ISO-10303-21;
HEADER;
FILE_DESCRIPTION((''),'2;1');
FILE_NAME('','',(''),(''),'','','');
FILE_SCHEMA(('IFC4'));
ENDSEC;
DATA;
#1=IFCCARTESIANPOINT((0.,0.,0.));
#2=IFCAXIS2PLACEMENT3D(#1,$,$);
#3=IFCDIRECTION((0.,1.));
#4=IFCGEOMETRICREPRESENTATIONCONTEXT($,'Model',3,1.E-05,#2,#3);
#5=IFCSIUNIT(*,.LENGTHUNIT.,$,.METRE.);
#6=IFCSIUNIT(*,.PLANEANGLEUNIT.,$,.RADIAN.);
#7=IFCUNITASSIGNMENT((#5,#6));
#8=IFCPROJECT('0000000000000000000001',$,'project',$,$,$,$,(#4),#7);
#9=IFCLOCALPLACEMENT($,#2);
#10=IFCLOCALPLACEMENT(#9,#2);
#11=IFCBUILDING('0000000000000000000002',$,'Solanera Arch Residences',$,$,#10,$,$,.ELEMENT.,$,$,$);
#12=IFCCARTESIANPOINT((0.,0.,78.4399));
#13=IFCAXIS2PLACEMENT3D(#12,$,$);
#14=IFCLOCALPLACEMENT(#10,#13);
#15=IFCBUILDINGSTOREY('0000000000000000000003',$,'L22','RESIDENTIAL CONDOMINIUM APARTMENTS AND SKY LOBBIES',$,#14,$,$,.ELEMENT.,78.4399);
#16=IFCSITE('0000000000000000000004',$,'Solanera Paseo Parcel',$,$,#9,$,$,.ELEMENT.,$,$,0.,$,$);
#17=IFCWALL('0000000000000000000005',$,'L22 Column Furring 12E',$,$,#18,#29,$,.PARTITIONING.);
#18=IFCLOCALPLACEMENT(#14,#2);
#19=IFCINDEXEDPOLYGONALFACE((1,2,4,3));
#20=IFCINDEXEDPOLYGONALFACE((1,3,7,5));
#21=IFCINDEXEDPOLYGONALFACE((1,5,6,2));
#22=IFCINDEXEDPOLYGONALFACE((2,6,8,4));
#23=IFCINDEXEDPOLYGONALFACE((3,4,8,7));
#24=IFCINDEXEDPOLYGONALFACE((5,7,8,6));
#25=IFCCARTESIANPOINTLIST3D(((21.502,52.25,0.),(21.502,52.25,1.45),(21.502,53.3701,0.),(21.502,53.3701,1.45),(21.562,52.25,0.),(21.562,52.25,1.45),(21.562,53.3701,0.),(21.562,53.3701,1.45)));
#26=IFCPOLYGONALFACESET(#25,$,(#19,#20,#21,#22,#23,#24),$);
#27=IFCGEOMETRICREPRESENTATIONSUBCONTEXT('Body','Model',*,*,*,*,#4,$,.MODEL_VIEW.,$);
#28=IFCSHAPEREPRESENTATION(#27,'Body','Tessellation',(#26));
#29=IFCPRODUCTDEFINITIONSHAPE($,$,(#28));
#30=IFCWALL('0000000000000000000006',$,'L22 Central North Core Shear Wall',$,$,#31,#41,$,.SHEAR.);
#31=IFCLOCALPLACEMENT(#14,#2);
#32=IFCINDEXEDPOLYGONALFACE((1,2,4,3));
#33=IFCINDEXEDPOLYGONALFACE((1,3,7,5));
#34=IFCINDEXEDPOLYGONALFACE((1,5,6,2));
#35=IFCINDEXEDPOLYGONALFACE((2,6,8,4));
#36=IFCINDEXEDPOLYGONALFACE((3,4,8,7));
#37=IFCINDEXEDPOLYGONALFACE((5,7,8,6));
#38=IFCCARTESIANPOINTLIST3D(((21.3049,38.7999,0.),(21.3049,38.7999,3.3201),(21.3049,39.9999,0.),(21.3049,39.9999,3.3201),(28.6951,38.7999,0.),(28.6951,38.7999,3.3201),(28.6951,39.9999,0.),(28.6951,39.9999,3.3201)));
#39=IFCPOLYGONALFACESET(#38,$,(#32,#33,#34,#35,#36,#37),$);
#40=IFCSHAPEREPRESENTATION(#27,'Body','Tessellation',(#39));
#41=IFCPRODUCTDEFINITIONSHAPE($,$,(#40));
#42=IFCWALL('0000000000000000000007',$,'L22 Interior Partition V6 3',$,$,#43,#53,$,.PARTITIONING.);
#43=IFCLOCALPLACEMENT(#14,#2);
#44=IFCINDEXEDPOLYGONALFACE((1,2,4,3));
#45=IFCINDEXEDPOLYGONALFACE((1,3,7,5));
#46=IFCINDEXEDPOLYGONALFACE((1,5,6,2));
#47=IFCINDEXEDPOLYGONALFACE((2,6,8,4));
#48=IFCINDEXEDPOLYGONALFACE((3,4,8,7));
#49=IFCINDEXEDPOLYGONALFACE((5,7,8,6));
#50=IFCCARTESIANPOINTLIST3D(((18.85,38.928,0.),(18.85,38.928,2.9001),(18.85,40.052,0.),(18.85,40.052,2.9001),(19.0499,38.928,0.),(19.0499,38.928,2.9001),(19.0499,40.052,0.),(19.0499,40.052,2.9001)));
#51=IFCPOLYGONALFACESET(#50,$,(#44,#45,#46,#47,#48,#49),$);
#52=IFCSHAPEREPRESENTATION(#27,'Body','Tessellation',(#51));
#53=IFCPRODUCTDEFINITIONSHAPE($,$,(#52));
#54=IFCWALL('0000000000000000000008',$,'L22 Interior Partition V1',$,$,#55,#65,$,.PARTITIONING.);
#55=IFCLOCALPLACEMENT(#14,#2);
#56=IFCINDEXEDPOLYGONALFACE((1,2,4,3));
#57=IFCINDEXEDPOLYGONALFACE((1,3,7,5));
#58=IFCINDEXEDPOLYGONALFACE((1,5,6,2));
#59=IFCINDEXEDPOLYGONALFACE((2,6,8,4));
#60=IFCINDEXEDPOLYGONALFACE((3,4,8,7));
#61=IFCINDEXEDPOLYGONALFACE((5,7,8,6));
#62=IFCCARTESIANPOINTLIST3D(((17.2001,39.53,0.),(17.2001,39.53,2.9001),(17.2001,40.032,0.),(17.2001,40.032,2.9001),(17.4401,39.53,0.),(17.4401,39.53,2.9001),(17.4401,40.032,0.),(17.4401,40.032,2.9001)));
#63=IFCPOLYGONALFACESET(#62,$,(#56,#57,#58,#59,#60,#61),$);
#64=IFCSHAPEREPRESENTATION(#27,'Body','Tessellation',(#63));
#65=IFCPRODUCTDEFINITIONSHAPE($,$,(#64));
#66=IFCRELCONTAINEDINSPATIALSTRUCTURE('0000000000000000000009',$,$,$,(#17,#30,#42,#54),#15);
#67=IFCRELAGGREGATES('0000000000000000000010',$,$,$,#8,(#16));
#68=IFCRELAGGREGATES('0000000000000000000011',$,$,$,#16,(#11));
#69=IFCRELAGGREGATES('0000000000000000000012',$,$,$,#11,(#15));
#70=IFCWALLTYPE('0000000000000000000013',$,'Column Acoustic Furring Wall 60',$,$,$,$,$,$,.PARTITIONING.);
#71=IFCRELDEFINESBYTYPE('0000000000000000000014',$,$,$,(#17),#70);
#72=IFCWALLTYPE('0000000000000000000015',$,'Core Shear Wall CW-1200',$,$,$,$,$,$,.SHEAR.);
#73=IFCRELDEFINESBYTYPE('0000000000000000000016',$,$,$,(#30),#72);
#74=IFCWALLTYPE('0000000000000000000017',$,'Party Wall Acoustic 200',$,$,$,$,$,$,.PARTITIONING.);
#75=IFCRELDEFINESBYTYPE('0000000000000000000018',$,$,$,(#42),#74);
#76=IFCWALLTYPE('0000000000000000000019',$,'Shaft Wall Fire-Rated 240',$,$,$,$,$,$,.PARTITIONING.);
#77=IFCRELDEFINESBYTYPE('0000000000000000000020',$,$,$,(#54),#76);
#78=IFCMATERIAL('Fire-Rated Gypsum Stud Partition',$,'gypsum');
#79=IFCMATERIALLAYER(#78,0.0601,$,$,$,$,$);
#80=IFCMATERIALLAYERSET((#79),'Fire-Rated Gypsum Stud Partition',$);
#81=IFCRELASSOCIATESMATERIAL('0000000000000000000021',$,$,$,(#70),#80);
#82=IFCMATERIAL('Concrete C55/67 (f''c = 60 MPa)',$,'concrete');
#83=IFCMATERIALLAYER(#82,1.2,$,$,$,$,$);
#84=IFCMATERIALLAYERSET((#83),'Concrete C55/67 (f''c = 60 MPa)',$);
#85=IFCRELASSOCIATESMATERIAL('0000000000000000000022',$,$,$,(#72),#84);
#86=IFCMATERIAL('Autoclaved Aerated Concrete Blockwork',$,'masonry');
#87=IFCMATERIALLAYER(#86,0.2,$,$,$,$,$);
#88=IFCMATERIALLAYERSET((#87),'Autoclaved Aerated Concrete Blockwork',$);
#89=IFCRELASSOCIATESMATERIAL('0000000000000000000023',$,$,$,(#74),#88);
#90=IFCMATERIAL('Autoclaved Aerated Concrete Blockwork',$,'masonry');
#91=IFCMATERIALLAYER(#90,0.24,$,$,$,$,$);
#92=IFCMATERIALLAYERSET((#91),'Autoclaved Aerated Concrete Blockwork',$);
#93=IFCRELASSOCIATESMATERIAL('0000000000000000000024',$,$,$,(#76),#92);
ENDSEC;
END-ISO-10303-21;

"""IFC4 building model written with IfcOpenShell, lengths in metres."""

from ifc_helpers import new_model, si_unit, direction, frame, frame_2d, origin, place, context, subcontext, project, spatial, rectangle, extrude, material, layer, layer_set, type_object, element, save


model = new_model("IFC4")

# Units and contexts
model_context = context("Model", 3, precision=1e-05, world=origin(), true_north=direction((0.0, 1.0)))
body_context = subcontext(model_context, "Body", "Model", "MODEL_VIEW")
ifc_project = project(units=[si_unit("LENGTHUNIT", "METRE"), si_unit("PLANEANGLEUNIT", "RADIAN")], contexts=[model_context])

# Site, building, storey
site_placement = place(None, origin())
site = spatial("IfcSite", under=ifc_project, at=site_placement, Name="Solanera Paseo Parcel", CompositionType="ELEMENT", RefElevation=0.0)
building_placement = place(site_placement, origin())
building = spatial("IfcBuilding", under=site, at=building_placement, Name="Solanera Arch Residences", CompositionType="ELEMENT")
storey_placement = place(building_placement, frame((0.0, 0.0, 78.4399)))
storey = spatial("IfcBuildingStorey", under=building, at=storey_placement, Name="L22", Description="RESIDENTIAL CONDOMINIUM APARTMENTS AND SKY LOBBIES", CompositionType="ELEMENT", Elevation=78.4399)

# Walls
ifc_material_1 = material(Name="Fire-Rated Gypsum Stud Partition", Category="gypsum")
ifc_layer_1 = layer(ifc_material_1, 0.0601)
ifc_layer_set_1 = layer_set([ifc_layer_1], Name="Fire-Rated Gypsum Stud Partition")
wall_type_1 = type_object("IfcWallType", Name="Column Acoustic Furring Wall 60", PredefinedType="PARTITIONING", material=ifc_layer_set_1)
for number, where, z_axis, x_axis, name in (
    (1, (21.532, 52.25, 0.0), (0.0, 0.0, 1.0), (0.0, 1.0, 0.0), "L22 Column Furring 12E"),
):
    element("IfcWall", number, at=place(storey_placement, frame(where, z_axis=z_axis, x_axis=x_axis)), inside=storey, type_object=wall_type_1, Name=name, PredefinedType="PARTITIONING", context=body_context, shape_type="SweptSolid", body=[
        extrude(rectangle(XDim=1.1201, YDim=0.0601, at=frame_2d((0.5601, 0.0))), origin(), (0.0, 0.0, 1.0), 1.45),
    ])
ifc_material_2 = material(Name="Concrete C55/67 (f'c = 60 MPa)", Category="concrete")
ifc_layer_2 = layer(ifc_material_2, 1.2)
ifc_layer_set_2 = layer_set([ifc_layer_2], Name="Concrete C55/67 (f'c = 60 MPa)")
wall_type_2 = type_object("IfcWallType", Name="Core Shear Wall CW-1200", PredefinedType="SHEAR", material=ifc_layer_set_2)
wall_1_placement = place(storey_placement, frame((21.3049, 39.3999, 0.0), z_axis=(0.0, 0.0, 1.0), x_axis=(1.0, 0.0, 0.0)))
element("IfcWall", 2, at=wall_1_placement, inside=storey, type_object=wall_type_2, Name="L22 Central North Core Shear Wall", PredefinedType="SHEAR", context=body_context, shape_type="SweptSolid", body=[
    extrude(rectangle(XDim=7.3901, YDim=1.2, at=frame_2d((3.6951, 0.0))), origin(), (0.0, 0.0, 1.0), 3.3201),
])
ifc_material_3 = material(Name="Autoclaved Aerated Concrete Blockwork", Category="masonry")
ifc_layer_3 = layer(ifc_material_3, 0.2)
ifc_layer_set_3 = layer_set([ifc_layer_3], Name="Autoclaved Aerated Concrete Blockwork")
wall_type_3 = type_object("IfcWallType", Name="Party Wall Acoustic 200", PredefinedType="PARTITIONING", material=ifc_layer_set_3)
wall_2_placement = place(storey_placement, frame((18.95, 38.928, 0.0), z_axis=(0.0, 0.0, 1.0), x_axis=(0.0, 1.0, 0.0)))
element("IfcWall", 3, at=wall_2_placement, inside=storey, type_object=wall_type_3, Name="L22 Interior Partition V6 3", PredefinedType="PARTITIONING", context=body_context, shape_type="SweptSolid", body=[
    extrude(rectangle(XDim=1.124, YDim=0.2, at=frame_2d((0.562, 0.0))), origin(), (0.0, 0.0, 1.0), 2.9001),
])
ifc_material_4 = material(Name="Autoclaved Aerated Concrete Blockwork", Category="masonry")
ifc_layer_4 = layer(ifc_material_4, 0.24)
ifc_layer_set_4 = layer_set([ifc_layer_4], Name="Autoclaved Aerated Concrete Blockwork")
wall_type_4 = type_object("IfcWallType", Name="Shaft Wall Fire-Rated 240", PredefinedType="PARTITIONING", material=ifc_layer_set_4)
wall_3_placement = place(storey_placement, frame((17.3201, 39.53, 0.0), z_axis=(0.0, 0.0, 1.0), x_axis=(0.0, 1.0, 0.0)))
element("IfcWall", 4, at=wall_3_placement, inside=storey, type_object=wall_type_4, Name="L22 Interior Partition V1", PredefinedType="PARTITIONING", context=body_context, shape_type="SweptSolid", body=[
    extrude(rectangle(XDim=0.502, YDim=0.24, at=frame_2d((0.251, 0.0))), origin(), (0.0, 0.0, 1.0), 2.9001),
])

save(model, "model.ifc")
